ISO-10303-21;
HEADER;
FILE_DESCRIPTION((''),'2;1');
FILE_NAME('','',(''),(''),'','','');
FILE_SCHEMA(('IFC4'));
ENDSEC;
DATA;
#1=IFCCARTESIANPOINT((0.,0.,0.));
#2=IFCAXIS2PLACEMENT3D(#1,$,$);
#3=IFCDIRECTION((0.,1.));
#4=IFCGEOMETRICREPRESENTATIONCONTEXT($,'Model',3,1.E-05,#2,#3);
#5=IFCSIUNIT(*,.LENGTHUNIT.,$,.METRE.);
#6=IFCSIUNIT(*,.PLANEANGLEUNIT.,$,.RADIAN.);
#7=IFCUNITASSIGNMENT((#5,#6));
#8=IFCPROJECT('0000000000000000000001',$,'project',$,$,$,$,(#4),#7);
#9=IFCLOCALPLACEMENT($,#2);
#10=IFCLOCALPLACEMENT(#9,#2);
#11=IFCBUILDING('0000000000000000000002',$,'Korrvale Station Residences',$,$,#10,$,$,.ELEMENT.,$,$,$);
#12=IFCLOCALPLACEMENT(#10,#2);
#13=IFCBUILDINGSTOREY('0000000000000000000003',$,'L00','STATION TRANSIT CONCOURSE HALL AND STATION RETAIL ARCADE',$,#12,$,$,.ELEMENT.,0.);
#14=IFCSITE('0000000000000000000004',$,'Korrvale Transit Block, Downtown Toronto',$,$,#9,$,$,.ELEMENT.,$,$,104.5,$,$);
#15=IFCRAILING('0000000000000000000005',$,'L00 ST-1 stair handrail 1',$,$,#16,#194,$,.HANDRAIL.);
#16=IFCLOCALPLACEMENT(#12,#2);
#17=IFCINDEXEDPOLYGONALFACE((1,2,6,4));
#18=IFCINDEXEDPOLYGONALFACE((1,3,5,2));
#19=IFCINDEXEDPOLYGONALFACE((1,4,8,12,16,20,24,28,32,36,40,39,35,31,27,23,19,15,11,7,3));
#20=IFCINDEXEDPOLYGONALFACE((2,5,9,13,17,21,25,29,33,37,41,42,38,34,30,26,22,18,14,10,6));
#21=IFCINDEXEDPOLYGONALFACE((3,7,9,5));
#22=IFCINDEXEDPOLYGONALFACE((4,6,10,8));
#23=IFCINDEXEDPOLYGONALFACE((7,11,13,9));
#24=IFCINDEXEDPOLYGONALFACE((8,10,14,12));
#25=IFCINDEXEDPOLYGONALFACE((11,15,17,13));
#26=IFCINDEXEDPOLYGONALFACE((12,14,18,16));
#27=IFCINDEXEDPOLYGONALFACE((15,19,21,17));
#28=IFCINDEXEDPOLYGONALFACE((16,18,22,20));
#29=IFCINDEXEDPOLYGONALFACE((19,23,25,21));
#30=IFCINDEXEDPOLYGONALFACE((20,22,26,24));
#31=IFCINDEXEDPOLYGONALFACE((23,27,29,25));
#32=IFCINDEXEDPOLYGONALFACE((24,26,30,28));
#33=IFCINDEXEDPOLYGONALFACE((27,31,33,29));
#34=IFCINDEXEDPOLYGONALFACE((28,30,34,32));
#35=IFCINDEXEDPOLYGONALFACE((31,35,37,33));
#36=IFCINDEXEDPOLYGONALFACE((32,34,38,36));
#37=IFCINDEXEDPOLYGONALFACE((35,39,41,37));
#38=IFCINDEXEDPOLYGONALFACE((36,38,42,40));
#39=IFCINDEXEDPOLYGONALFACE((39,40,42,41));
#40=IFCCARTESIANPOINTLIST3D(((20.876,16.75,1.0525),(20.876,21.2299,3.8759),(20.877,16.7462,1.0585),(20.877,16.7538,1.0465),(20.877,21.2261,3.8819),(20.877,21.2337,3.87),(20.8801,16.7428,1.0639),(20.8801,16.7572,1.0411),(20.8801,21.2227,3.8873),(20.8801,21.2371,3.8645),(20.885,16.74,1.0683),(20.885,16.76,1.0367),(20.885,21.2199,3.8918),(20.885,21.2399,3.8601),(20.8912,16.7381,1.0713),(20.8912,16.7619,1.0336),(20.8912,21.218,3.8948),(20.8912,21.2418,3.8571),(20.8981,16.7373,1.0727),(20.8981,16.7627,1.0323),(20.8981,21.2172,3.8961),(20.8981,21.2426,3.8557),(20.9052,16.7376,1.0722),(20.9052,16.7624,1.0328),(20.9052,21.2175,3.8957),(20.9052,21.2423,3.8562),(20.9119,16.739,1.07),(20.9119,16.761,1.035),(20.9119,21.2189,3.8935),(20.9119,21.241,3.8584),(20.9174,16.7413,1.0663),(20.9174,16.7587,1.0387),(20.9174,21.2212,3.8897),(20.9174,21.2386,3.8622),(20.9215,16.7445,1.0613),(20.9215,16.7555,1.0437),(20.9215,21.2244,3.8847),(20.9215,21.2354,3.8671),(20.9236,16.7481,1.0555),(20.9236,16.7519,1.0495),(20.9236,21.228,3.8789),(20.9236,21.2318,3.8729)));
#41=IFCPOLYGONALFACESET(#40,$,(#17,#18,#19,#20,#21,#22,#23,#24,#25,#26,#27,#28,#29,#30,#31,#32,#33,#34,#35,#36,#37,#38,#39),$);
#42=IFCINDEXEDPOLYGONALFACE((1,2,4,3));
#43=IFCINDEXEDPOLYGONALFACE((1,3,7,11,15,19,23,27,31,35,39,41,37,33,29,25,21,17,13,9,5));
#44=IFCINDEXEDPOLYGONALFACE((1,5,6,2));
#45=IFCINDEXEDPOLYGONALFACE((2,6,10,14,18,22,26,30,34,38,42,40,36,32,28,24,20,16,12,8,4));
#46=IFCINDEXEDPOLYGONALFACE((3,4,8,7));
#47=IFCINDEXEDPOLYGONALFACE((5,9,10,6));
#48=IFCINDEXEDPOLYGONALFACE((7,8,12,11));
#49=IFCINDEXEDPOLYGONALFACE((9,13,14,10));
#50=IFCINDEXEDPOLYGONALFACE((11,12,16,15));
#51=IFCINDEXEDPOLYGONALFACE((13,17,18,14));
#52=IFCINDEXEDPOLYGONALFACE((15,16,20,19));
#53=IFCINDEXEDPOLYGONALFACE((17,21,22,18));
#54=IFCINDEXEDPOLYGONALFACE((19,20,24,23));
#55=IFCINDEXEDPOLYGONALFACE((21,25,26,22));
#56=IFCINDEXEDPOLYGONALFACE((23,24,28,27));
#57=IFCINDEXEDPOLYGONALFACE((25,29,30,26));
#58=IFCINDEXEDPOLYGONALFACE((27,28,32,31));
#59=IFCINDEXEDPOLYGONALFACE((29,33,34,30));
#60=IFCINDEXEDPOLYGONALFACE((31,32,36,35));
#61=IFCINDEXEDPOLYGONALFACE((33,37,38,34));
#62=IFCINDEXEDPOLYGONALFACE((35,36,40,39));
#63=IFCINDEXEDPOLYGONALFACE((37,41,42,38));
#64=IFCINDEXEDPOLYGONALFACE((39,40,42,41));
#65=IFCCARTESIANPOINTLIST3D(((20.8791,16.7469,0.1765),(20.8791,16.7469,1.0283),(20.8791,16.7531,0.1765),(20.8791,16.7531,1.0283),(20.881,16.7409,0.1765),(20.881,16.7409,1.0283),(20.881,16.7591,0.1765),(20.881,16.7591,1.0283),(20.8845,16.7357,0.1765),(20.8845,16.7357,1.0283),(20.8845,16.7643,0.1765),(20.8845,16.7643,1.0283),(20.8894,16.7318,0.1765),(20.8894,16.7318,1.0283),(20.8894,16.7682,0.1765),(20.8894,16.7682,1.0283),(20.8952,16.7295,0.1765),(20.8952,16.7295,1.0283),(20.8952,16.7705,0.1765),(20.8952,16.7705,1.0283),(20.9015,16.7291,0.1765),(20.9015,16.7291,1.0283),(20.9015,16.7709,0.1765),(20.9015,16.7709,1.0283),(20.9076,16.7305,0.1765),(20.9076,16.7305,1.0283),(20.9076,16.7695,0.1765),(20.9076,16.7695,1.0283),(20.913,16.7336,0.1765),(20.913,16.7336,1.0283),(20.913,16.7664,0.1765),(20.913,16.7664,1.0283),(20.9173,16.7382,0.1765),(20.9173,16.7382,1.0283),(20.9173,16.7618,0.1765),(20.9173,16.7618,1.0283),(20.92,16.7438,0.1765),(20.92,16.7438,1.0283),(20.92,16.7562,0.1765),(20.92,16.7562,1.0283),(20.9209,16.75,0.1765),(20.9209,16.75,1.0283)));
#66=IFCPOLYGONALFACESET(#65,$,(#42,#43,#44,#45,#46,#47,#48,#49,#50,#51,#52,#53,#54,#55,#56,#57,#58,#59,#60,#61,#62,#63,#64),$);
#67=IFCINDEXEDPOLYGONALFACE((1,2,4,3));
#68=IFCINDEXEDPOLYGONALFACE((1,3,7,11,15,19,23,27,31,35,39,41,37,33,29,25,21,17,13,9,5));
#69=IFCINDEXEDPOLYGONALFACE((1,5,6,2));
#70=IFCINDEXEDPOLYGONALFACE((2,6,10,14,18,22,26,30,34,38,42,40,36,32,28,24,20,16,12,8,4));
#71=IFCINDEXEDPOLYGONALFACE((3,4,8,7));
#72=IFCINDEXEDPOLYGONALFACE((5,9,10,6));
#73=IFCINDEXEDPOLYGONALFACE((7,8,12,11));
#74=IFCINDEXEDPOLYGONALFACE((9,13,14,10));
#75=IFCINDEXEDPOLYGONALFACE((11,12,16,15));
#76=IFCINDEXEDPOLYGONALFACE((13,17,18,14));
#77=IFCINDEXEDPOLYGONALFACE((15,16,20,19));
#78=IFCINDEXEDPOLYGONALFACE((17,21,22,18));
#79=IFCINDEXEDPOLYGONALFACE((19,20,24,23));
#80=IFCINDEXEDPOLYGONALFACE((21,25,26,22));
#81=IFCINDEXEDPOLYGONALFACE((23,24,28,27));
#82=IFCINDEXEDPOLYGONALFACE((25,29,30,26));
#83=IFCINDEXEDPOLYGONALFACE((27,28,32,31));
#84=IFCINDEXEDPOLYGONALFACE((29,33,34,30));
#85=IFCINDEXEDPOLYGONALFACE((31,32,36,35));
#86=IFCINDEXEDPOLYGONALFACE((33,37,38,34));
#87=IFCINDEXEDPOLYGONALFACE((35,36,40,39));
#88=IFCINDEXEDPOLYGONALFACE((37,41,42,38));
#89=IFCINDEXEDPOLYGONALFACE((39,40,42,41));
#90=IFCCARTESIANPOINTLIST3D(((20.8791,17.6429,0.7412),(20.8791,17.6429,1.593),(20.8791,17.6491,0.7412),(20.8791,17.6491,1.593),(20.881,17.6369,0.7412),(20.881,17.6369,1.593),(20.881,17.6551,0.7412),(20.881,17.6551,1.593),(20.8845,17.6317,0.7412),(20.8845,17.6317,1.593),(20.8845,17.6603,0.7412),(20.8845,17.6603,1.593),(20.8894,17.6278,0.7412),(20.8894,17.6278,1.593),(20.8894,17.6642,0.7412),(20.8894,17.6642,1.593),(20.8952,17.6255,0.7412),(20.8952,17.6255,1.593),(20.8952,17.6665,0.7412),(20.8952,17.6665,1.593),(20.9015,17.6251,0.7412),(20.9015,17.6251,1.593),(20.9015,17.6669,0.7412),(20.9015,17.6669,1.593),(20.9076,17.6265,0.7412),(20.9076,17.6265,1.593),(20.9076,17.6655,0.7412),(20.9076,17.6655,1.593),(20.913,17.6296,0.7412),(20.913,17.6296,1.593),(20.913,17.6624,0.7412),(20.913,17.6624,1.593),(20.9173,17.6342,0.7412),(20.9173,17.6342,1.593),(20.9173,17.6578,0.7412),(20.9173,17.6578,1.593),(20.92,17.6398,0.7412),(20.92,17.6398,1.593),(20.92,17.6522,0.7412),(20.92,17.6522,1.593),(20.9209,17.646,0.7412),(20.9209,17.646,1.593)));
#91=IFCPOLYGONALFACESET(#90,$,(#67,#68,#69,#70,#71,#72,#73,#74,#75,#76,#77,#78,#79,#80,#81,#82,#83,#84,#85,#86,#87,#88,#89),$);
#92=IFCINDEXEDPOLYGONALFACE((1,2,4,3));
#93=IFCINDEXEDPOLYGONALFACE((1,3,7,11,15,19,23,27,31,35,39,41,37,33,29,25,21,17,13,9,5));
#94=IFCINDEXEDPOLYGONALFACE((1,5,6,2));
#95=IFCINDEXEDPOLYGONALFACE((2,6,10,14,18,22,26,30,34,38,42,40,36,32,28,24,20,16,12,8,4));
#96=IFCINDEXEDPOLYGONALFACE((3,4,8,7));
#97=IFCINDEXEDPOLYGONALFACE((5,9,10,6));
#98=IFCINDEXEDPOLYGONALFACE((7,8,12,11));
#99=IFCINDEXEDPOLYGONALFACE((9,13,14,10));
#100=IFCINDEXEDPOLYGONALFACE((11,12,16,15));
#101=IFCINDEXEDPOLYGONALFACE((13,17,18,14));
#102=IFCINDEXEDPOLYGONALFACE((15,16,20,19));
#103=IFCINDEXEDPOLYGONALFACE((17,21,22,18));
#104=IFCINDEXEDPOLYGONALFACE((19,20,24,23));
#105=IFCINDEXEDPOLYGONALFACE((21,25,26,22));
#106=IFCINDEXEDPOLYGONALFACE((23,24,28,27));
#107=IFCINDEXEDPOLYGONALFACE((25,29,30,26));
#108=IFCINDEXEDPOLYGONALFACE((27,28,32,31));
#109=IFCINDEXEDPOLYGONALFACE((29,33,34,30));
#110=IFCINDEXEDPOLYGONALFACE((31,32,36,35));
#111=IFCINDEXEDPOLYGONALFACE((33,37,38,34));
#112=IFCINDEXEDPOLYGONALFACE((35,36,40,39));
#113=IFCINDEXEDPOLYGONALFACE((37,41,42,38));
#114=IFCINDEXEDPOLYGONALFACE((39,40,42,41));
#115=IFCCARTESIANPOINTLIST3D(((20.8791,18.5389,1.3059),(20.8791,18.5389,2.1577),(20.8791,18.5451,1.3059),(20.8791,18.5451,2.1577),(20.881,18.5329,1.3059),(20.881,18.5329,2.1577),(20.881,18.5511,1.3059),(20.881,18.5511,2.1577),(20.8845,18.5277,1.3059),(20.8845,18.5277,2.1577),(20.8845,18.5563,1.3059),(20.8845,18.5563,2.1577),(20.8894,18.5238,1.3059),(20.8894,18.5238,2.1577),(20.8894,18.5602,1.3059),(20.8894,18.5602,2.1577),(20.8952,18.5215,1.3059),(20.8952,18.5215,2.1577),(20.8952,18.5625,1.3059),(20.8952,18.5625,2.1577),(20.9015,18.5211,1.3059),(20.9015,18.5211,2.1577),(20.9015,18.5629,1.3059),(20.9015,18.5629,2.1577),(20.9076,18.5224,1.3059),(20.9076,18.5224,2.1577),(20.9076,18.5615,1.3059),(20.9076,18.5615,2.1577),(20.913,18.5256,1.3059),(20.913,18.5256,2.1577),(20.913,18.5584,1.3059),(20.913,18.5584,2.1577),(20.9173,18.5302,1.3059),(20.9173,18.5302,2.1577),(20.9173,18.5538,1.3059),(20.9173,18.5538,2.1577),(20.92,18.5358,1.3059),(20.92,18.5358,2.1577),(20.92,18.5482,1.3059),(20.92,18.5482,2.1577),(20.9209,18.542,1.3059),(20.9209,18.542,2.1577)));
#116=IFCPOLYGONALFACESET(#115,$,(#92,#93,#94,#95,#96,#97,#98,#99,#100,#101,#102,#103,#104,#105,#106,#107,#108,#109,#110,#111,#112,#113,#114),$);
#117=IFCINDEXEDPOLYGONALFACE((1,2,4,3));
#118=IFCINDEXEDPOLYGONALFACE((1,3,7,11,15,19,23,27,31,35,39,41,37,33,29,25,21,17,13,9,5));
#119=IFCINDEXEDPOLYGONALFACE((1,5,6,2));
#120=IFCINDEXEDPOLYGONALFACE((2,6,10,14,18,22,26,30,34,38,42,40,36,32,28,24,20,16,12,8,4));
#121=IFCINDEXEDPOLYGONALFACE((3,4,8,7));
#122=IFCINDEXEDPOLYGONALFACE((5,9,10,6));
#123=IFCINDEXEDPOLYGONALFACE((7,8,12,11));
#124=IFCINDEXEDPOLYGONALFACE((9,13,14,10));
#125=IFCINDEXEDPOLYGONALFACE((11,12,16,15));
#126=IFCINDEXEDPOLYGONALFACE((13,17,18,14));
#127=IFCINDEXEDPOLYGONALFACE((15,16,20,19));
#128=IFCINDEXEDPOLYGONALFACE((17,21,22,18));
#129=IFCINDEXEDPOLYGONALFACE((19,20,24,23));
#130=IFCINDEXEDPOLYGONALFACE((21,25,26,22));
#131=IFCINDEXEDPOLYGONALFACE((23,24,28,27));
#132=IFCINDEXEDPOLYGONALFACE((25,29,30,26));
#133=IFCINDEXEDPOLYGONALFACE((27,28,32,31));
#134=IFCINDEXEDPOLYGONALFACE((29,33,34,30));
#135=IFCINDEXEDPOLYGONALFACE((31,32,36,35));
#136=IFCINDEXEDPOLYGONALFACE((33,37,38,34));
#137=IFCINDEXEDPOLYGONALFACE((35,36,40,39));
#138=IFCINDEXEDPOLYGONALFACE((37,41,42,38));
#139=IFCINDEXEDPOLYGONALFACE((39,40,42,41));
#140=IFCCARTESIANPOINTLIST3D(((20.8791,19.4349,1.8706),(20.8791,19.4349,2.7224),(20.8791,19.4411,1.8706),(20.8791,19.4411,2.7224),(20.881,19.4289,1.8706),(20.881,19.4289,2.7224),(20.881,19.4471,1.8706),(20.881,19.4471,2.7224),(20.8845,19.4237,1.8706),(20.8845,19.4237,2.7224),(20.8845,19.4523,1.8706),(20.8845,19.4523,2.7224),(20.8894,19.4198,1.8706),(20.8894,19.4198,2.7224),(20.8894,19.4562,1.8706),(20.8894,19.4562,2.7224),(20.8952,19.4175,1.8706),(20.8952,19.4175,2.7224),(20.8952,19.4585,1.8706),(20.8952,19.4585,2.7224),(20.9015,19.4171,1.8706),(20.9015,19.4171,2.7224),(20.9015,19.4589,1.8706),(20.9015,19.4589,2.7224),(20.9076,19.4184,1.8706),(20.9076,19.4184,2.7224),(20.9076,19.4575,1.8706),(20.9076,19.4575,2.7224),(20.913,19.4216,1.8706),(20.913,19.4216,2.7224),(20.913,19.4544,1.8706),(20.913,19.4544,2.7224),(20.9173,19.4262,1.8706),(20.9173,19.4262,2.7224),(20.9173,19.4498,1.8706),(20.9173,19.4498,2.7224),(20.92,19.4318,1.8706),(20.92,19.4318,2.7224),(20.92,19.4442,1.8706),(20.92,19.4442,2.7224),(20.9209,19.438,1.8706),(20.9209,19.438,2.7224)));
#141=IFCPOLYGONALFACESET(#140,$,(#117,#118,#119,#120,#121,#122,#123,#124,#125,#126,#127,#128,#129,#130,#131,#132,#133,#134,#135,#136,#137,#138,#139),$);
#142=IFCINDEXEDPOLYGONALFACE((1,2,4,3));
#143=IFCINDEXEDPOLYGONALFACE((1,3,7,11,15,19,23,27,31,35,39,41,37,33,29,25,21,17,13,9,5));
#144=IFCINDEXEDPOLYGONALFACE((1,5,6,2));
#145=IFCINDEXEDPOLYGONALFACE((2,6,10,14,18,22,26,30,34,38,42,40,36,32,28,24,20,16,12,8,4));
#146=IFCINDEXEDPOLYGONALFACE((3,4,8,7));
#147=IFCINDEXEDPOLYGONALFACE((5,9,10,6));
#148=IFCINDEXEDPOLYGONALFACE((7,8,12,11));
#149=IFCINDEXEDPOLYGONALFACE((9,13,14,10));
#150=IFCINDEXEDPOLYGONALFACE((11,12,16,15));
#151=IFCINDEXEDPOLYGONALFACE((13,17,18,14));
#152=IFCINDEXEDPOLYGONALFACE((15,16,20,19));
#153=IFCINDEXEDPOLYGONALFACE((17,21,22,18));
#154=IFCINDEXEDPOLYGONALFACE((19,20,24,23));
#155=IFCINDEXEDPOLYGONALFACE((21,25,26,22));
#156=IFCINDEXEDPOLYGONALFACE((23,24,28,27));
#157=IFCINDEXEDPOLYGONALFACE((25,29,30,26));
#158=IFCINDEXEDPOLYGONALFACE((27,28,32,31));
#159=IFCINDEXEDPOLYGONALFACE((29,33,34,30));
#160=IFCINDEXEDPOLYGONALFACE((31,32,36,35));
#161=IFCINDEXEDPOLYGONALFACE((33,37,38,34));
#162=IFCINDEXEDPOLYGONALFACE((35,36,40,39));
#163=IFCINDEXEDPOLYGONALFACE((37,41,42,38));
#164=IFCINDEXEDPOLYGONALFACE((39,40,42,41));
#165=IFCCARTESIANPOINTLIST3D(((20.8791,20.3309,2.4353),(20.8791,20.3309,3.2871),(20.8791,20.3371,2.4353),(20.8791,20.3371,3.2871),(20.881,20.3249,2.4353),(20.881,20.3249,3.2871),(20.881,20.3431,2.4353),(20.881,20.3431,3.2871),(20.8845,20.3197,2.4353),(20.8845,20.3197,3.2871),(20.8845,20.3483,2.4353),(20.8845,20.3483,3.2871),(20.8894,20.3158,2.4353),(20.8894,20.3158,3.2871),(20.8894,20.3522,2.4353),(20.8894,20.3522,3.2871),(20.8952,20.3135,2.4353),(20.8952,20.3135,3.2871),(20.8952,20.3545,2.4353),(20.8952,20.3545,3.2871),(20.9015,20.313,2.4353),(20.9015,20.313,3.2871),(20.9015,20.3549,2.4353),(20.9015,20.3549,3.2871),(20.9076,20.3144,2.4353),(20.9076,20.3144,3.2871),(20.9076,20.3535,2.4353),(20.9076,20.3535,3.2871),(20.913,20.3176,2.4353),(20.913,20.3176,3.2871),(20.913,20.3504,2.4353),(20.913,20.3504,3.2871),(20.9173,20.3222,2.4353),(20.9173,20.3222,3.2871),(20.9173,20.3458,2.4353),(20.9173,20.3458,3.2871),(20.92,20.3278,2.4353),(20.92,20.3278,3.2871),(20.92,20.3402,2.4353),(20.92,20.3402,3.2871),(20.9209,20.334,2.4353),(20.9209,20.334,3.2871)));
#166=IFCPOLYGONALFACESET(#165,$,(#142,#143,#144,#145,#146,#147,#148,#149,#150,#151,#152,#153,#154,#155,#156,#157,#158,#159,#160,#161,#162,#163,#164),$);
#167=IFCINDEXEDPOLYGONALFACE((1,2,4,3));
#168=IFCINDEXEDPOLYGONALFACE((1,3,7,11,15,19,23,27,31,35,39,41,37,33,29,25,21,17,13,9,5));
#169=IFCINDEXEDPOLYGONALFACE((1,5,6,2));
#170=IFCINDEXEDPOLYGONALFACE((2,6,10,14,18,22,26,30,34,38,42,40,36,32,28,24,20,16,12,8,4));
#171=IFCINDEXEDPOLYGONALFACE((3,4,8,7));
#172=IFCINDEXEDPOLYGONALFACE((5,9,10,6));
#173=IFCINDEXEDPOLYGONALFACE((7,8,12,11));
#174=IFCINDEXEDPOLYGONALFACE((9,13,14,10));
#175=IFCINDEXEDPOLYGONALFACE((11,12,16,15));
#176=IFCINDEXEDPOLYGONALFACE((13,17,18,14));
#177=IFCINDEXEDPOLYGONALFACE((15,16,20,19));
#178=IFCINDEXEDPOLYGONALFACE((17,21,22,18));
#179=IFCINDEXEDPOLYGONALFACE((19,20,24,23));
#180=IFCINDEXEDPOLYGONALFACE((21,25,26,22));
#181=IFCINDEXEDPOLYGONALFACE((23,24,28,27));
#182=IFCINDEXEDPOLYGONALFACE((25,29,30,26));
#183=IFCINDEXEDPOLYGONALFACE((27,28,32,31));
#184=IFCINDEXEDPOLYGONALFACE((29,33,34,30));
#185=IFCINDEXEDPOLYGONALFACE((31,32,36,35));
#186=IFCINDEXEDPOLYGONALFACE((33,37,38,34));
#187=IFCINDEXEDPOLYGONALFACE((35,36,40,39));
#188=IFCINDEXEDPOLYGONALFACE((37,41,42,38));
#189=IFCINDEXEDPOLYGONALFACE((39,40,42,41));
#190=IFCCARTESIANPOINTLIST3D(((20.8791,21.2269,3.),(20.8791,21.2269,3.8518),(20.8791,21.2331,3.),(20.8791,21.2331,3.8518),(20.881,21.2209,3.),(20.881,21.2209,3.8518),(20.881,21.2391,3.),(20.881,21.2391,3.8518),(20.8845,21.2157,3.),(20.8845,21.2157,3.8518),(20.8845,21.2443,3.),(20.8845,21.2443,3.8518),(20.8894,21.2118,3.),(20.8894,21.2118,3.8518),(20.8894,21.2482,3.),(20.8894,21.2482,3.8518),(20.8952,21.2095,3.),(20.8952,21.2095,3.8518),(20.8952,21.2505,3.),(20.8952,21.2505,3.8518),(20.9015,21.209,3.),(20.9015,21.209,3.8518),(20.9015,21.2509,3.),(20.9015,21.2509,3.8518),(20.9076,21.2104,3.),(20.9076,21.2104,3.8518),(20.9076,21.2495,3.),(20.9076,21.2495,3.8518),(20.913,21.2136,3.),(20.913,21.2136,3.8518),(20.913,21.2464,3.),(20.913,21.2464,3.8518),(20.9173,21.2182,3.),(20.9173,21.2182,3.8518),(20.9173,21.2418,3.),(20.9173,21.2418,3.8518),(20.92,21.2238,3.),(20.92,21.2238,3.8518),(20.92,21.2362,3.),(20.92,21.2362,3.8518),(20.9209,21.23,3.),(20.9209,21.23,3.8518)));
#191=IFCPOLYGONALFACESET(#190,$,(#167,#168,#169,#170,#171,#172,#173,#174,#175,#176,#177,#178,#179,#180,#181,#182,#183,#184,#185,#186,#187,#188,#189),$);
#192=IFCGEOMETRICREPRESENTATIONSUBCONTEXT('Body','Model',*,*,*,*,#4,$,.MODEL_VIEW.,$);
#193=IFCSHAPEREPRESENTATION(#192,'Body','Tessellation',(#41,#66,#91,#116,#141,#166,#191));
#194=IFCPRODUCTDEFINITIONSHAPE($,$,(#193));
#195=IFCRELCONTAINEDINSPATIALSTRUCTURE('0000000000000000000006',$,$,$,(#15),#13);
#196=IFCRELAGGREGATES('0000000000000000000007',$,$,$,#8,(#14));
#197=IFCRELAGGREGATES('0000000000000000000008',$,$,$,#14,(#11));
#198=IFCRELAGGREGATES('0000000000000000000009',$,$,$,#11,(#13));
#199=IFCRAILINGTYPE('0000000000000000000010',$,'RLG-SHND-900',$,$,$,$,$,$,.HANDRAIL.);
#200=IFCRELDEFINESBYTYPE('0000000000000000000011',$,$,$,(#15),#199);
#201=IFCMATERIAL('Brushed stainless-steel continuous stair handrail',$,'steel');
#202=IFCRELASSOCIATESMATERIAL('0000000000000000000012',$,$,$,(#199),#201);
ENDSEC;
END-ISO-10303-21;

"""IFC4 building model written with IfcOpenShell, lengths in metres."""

from ifc_helpers import new_model, si_unit, direction, frame, origin, origin_2d, place, context, subcontext, project, spatial, circle, extrude, material, type_object, element, save


model = new_model("IFC4")

# Units and contexts
model_context = context("Model", 3, precision=1e-05, world=origin(), true_north=direction((0.0, 1.0)))
body_context = subcontext(model_context, "Body", "Model", "MODEL_VIEW")
ifc_project = project(units=[si_unit("LENGTHUNIT", "METRE"), si_unit("PLANEANGLEUNIT", "RADIAN")], contexts=[model_context])

# Site, building, storey
site_placement = place(None, origin())
site = spatial("IfcSite", under=ifc_project, at=site_placement, Name="Korrvale Transit Block, Downtown Toronto", CompositionType="ELEMENT", RefElevation=104.5)
building_placement = place(site_placement, origin())
building = spatial("IfcBuilding", under=site, at=building_placement, Name="Korrvale Station Residences", CompositionType="ELEMENT")
storey_placement = place(building_placement, origin())
storey = spatial("IfcBuildingStorey", under=building, at=storey_placement, Name="L00", Description="STATION TRANSIT CONCOURSE HALL AND STATION RETAIL ARCADE", CompositionType="ELEMENT", Elevation=0.0)

# Railing
ifc_material_1 = material(Name="Brushed stainless-steel continuous stair handrail", Category="steel")
railing_type_1 = type_object("IfcRailingType", Name="RLG-SHND-900", PredefinedType="HANDRAIL", material=ifc_material_1)
railing_1_placement = place(storey_placement, frame((20.8999, 16.75, 0.1765)))
element("IfcRailing", 1, at=railing_1_placement, inside=storey, type_object=railing_type_1, Name="L00 ST-1 stair handrail 1", PredefinedType="HANDRAIL", context=body_context, shape_type="SweptSolid", body=[
    extrude(circle(Radius=0.0239, at=origin_2d()), frame((0.0, 0.0, 0.876), z_axis=(0.0, 0.845998, 0.533186), x_axis=(-1.0, 0.0, 0.0)), (0.0, 0.0, 1.0), 5.2954),
    extrude(circle(Radius=0.021, at=origin_2d()), origin(), (0.0, 0.0, 1.0), 0.8518),
    extrude(circle(Radius=0.021, at=origin_2d()), frame((0.0, 0.896, 0.5647)), (0.0, 0.0, 1.0), 0.8518),
    extrude(circle(Radius=0.021, at=origin_2d()), frame((0.0, 1.792, 1.1294)), (0.0, 0.0, 1.0), 0.8518),
    extrude(circle(Radius=0.021, at=origin_2d()), frame((0.0, 2.688, 1.6941)), (0.0, 0.0, 1.0), 0.8518),
    extrude(circle(Radius=0.021, at=origin_2d()), frame((0.0, 3.584, 2.2588)), (0.0, 0.0, 1.0), 0.8518),
    extrude(circle(Radius=0.021, at=origin_2d()), frame((0.0, 4.48, 2.8235)), (0.0, 0.0, 1.0), 0.8518),
])

save(model, "model.ifc")
